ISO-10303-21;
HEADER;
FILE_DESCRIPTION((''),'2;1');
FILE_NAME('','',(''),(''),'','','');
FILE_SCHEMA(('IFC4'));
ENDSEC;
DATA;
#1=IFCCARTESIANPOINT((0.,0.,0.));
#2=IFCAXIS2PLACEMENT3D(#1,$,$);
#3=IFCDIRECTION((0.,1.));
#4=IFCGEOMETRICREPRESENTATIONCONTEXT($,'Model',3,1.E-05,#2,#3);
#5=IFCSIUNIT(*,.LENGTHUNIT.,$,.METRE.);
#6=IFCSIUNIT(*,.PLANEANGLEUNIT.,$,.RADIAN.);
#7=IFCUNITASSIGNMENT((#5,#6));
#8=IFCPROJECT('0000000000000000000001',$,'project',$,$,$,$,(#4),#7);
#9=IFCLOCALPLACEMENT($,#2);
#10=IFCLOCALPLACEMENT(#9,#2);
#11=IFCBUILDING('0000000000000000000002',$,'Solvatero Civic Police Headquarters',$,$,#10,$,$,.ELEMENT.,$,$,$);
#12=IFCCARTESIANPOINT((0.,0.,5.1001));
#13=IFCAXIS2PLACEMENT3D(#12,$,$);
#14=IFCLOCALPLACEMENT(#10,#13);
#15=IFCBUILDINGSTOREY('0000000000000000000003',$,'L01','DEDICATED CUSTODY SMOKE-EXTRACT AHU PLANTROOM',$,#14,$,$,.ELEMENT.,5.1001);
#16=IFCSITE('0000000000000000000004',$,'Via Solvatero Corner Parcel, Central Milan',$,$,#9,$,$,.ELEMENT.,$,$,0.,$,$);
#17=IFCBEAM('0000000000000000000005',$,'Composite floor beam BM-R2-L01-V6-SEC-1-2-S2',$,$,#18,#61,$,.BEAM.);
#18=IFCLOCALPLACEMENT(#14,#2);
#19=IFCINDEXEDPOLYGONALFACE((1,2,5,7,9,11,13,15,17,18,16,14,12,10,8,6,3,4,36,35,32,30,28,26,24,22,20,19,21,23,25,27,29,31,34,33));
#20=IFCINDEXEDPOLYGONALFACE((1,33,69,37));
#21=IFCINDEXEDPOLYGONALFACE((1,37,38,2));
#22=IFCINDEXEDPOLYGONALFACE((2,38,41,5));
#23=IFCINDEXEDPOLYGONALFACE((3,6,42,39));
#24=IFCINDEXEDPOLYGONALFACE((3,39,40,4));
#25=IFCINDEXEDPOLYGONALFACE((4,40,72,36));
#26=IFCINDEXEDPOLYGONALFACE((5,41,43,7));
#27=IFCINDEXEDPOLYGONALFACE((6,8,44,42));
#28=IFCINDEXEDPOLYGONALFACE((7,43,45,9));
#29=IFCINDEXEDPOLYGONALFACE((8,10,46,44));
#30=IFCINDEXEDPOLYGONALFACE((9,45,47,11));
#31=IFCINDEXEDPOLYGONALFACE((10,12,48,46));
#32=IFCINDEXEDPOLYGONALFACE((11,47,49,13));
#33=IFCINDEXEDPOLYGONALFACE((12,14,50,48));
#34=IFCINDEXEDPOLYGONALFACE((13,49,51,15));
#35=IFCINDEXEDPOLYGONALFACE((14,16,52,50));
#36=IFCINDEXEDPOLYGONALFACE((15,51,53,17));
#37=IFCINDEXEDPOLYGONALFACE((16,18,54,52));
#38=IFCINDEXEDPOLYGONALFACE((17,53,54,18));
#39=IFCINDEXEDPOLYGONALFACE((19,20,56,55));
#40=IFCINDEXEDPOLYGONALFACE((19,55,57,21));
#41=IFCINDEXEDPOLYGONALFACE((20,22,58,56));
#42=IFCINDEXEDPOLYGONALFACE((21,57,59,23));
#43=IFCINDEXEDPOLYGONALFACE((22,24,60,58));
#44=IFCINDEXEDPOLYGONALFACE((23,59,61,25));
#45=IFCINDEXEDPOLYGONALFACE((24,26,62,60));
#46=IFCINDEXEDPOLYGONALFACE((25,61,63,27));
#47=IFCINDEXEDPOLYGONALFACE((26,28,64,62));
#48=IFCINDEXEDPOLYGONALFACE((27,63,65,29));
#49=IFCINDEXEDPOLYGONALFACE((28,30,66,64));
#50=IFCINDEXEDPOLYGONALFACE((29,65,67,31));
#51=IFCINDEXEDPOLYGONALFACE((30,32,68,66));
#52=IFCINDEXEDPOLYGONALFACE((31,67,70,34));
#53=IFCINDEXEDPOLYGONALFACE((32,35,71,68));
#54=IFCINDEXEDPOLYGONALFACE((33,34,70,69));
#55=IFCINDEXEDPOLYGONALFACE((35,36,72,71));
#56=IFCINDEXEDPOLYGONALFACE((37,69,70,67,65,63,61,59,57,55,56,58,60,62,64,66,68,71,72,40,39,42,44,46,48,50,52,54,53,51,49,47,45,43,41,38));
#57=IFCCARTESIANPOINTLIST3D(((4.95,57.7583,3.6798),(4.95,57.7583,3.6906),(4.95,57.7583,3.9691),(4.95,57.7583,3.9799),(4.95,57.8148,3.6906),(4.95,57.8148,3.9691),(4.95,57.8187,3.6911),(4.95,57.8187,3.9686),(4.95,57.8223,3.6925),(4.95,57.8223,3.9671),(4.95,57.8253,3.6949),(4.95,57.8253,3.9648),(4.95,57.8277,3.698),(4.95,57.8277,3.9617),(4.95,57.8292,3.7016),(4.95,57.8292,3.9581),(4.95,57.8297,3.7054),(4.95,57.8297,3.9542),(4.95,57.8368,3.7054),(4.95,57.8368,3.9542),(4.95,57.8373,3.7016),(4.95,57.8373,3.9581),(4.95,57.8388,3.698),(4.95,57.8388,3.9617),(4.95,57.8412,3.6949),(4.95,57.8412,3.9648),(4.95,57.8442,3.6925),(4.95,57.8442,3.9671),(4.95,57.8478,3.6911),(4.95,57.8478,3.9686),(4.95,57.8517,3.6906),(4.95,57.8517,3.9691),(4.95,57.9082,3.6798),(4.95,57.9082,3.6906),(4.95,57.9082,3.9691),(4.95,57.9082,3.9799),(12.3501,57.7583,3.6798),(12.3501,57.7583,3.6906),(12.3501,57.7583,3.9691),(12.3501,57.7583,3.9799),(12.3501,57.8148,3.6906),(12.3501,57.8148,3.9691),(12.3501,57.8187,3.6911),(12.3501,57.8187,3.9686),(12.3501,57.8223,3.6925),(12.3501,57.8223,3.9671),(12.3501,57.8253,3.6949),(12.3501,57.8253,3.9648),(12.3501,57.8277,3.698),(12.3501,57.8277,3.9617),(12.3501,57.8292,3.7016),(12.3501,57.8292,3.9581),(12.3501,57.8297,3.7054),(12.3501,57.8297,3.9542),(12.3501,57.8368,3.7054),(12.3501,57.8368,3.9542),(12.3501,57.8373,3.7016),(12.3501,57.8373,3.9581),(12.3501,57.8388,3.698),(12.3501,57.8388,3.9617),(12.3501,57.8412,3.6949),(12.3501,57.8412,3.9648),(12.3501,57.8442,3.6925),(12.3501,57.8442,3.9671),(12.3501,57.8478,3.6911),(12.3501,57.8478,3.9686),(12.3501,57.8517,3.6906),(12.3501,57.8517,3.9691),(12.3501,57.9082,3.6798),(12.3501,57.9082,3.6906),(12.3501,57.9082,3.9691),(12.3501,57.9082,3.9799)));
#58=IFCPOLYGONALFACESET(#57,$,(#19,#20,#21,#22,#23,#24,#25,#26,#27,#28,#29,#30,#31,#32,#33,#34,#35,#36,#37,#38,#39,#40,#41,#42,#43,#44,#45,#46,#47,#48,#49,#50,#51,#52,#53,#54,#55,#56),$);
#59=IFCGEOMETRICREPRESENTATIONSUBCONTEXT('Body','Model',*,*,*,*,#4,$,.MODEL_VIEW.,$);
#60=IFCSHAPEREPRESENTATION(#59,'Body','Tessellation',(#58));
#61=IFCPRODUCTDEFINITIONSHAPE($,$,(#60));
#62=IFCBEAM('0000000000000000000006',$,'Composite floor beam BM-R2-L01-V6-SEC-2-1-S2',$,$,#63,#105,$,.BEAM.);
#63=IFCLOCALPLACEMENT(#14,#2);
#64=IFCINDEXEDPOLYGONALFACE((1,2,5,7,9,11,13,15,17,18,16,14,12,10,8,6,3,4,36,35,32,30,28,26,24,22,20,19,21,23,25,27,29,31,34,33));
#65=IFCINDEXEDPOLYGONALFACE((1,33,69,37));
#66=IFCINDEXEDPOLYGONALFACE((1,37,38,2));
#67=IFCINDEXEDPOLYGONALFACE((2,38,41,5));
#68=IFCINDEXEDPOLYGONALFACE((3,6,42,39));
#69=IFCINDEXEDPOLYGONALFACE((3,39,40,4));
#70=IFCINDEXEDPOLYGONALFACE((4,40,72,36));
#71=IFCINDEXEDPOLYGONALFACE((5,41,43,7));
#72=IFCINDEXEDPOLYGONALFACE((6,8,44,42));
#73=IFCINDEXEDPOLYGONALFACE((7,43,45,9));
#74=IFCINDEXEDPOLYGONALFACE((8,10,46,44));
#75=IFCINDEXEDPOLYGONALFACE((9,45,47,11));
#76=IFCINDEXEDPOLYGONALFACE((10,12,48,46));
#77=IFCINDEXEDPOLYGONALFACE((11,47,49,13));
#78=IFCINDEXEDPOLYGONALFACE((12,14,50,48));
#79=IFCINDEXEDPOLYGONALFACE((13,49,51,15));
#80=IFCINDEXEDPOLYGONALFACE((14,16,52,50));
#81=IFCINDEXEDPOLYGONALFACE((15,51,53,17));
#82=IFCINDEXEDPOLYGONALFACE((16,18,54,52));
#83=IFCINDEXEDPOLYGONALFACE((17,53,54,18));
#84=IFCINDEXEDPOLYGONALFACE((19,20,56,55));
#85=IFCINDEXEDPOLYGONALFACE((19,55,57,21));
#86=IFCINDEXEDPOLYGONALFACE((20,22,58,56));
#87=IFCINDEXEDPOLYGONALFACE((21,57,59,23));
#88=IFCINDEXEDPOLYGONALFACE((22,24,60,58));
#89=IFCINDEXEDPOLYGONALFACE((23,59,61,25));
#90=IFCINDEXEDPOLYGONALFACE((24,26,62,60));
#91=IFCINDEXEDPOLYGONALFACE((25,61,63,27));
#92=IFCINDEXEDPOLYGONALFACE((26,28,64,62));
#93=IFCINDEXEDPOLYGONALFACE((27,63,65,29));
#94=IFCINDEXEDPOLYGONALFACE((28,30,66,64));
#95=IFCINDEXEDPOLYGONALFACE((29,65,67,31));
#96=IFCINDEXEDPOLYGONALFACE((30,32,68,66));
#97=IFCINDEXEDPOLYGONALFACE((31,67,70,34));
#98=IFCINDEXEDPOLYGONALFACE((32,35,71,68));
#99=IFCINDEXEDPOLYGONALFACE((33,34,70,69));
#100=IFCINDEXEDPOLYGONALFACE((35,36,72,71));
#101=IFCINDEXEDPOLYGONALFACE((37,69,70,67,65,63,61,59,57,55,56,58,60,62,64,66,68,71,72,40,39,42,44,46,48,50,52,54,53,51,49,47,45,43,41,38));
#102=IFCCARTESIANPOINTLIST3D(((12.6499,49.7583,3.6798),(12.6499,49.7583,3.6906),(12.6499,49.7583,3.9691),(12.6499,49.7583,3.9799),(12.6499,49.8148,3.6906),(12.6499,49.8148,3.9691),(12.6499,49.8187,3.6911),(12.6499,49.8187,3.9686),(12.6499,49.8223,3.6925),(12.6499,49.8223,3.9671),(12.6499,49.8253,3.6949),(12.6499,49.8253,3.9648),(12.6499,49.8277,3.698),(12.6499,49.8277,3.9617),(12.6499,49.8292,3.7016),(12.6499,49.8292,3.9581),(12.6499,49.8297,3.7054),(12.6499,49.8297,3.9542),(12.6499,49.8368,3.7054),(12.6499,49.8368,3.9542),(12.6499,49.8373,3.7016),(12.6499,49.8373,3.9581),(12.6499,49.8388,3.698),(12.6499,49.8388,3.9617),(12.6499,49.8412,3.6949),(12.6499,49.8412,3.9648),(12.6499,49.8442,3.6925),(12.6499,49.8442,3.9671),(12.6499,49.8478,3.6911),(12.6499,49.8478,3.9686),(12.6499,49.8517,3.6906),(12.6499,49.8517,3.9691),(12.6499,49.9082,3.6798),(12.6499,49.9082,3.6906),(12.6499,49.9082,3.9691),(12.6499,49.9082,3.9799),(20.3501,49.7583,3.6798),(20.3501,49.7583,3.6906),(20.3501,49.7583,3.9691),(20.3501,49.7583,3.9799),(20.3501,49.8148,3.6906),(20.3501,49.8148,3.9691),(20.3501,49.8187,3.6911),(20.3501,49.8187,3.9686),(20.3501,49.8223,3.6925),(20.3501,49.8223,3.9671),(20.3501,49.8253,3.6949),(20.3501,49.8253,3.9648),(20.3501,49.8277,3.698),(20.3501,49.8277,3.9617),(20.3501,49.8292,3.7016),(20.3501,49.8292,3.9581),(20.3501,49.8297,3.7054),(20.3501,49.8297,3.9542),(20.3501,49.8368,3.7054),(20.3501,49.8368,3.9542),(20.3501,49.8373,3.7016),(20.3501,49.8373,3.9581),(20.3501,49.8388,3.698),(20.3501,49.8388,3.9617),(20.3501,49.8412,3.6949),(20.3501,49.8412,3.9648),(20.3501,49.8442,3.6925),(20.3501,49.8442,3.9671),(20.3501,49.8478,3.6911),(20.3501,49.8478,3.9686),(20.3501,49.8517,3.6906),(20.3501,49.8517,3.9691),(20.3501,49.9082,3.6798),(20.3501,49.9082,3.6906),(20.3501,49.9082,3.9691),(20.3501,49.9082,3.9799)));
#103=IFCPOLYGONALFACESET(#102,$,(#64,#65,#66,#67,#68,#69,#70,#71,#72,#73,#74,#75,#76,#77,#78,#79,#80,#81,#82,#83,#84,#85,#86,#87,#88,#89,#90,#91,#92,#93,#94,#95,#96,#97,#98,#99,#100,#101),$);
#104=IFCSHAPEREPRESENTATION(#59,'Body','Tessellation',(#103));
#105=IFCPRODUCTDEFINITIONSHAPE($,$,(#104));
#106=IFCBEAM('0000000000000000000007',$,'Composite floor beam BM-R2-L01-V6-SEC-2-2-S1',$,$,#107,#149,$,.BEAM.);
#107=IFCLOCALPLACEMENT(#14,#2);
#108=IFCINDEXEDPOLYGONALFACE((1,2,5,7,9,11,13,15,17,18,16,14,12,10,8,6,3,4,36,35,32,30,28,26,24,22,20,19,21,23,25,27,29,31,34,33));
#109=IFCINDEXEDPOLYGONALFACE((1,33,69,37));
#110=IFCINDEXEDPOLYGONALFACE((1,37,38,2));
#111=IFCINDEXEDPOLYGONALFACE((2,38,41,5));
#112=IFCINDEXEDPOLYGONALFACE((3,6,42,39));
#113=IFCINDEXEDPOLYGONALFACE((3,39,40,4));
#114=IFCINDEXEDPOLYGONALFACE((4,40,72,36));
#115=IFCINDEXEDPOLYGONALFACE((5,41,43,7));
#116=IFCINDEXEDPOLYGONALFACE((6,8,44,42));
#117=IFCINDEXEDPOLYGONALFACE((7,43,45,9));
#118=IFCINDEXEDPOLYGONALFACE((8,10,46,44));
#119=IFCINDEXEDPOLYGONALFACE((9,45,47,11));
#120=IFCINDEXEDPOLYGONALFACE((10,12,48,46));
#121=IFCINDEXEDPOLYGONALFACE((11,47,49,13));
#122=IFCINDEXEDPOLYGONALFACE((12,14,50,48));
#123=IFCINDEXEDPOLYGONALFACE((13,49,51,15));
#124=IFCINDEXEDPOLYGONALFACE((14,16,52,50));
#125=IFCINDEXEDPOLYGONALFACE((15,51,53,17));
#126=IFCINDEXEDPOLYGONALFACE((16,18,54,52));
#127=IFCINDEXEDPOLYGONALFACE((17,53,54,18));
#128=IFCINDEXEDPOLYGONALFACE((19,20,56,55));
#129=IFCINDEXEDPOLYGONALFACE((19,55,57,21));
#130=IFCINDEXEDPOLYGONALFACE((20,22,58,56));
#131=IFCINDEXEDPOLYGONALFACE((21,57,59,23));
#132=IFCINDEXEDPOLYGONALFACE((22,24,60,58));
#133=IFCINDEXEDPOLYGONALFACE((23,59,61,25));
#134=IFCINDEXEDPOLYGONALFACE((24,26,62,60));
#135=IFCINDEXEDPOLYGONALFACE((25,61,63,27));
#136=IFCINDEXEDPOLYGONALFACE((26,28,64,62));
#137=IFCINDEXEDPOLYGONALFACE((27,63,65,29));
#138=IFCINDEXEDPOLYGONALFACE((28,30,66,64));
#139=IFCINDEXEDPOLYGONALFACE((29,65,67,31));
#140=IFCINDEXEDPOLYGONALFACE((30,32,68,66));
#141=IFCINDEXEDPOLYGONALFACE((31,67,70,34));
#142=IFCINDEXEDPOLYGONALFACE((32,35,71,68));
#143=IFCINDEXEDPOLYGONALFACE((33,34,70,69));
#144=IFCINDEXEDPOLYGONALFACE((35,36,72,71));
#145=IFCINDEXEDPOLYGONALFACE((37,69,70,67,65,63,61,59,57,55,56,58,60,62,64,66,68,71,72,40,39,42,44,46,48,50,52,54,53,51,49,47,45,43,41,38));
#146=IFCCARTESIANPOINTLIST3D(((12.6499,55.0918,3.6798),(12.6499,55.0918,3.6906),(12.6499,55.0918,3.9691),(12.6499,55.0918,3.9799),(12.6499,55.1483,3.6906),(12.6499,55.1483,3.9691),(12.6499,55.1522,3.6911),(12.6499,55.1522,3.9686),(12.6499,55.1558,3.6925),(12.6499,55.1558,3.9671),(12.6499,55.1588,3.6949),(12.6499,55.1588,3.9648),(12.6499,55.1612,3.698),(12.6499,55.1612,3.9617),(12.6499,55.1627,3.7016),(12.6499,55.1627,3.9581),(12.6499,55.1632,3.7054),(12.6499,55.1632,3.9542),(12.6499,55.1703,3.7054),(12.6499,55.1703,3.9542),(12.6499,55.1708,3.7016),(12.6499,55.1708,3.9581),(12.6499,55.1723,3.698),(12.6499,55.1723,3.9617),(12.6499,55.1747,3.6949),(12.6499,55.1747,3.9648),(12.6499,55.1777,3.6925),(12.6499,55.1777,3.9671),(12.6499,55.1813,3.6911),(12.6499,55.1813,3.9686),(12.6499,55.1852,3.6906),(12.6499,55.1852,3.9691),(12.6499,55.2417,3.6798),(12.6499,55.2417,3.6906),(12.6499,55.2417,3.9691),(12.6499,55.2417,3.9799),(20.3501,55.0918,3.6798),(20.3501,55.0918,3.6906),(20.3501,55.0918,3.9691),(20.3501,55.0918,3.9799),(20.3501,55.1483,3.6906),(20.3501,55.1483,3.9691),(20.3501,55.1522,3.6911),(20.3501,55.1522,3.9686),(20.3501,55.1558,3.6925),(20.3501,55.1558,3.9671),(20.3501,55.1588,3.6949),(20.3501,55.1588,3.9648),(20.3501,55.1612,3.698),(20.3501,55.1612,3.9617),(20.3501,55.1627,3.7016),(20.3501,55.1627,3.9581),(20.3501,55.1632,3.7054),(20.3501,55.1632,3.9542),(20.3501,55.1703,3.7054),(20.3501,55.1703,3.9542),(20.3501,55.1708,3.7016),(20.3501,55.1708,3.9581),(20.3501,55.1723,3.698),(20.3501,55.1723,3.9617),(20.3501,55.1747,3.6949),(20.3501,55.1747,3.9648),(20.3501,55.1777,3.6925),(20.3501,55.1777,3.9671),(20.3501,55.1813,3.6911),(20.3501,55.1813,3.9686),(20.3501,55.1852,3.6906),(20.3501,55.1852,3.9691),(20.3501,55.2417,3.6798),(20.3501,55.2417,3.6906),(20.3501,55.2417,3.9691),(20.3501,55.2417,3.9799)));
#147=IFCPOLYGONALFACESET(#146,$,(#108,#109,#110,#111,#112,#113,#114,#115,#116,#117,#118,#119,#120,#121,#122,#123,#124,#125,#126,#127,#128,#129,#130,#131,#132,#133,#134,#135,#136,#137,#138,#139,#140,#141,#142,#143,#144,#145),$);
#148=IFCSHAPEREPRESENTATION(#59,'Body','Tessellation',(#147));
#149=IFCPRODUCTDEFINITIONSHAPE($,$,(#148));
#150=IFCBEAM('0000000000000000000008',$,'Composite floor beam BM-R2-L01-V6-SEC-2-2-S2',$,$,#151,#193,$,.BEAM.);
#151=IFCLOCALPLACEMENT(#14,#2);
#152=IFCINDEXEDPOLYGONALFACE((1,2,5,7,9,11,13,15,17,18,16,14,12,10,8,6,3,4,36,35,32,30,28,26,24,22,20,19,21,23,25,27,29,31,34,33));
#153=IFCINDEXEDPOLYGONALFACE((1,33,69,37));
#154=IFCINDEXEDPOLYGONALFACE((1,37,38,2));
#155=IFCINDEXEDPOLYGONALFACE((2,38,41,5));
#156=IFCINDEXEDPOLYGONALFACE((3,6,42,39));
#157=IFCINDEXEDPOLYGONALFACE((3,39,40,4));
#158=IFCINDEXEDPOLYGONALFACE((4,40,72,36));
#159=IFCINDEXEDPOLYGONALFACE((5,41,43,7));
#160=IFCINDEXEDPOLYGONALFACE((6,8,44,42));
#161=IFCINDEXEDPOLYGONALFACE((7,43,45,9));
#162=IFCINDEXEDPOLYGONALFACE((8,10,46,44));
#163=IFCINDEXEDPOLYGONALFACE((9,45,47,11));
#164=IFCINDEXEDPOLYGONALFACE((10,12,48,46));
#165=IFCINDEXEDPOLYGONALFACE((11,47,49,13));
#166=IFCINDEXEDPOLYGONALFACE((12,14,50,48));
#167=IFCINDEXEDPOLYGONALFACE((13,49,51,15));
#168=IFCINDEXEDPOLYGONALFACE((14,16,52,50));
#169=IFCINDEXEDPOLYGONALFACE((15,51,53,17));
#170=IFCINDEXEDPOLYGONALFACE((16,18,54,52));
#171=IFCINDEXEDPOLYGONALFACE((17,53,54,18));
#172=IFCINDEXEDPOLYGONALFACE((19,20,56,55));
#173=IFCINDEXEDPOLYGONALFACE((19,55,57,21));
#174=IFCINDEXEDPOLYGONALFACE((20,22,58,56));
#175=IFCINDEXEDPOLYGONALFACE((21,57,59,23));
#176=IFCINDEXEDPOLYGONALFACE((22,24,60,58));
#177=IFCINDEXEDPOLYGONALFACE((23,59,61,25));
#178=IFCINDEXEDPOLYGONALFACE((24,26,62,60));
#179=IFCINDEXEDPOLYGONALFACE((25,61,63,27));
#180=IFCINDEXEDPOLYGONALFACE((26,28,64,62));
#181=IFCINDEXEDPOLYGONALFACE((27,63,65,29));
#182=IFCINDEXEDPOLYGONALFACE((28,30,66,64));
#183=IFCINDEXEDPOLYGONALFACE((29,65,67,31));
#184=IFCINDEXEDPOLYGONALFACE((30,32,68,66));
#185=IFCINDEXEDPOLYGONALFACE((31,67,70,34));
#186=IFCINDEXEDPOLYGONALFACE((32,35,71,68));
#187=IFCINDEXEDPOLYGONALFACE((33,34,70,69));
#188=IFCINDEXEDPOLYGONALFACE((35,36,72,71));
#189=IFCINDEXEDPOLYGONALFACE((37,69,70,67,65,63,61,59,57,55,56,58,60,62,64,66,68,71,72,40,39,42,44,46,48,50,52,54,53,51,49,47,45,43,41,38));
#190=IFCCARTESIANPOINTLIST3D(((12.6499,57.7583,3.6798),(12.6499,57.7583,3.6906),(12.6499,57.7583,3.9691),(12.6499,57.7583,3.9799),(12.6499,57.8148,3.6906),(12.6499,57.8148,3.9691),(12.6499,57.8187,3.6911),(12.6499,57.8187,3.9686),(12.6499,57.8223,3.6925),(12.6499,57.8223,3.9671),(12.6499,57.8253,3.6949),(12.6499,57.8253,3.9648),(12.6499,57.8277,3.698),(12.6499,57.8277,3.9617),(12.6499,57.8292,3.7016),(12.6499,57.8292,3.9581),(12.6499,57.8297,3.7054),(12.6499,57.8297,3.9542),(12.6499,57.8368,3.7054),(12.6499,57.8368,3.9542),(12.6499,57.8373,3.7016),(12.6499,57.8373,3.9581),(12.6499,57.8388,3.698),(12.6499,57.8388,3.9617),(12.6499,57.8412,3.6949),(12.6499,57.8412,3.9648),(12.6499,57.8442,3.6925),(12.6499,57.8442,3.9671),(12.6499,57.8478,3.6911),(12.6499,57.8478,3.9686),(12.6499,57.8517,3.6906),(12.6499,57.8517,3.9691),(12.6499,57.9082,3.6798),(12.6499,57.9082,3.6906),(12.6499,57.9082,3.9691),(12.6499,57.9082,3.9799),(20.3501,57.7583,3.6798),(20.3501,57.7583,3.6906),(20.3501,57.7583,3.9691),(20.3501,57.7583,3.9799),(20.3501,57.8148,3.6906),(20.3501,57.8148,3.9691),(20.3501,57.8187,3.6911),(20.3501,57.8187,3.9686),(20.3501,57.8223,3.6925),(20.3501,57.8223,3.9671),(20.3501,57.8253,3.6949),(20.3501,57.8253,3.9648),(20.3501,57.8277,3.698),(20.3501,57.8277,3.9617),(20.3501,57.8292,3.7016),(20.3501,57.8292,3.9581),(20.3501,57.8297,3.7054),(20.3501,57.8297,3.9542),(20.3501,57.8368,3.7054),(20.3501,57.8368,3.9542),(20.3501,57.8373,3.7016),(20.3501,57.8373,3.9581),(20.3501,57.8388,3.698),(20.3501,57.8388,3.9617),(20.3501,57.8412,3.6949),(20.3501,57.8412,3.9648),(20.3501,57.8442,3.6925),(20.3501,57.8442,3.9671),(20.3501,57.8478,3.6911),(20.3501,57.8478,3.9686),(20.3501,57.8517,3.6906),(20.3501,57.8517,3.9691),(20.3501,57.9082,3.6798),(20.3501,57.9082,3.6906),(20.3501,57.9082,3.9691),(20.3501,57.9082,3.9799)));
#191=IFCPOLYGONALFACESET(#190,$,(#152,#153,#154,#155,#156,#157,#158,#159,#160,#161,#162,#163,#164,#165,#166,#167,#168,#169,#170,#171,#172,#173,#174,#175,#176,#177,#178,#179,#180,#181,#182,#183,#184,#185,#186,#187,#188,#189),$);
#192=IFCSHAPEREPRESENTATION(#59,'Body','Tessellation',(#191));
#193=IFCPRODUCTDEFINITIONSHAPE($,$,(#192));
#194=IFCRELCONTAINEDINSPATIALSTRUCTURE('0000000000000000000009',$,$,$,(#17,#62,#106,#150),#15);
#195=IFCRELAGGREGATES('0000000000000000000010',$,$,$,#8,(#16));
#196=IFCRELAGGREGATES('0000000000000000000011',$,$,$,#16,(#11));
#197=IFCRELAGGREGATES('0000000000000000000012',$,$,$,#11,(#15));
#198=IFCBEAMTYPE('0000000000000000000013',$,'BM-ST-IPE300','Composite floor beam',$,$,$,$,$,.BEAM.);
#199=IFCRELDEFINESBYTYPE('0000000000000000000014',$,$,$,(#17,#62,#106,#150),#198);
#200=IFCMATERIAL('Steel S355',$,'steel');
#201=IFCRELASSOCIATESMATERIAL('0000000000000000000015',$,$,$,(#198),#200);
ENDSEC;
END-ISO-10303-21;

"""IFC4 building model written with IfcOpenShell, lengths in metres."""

from ifc_helpers import new_model, si_unit, direction, frame, origin, origin_2d, place, context, subcontext, project, spatial, i_section, extrude, material, material_profile, profile_set, type_object, element, save


model = new_model("IFC4")

# Units and contexts
model_context = context("Model", 3, precision=1e-05, world=origin(), true_north=direction((0.0, 1.0)))
body_context = subcontext(model_context, "Body", "Model", "MODEL_VIEW")
ifc_project = project(units=[si_unit("LENGTHUNIT", "METRE"), si_unit("PLANEANGLEUNIT", "RADIAN")], contexts=[model_context])

# Site, building, storey
site_placement = place(None, origin())
site = spatial("IfcSite", under=ifc_project, at=site_placement, Name="Via Solvatero Corner Parcel, Central Milan", CompositionType="ELEMENT", RefElevation=0.0)
building_placement = place(site_placement, origin())
building = spatial("IfcBuilding", under=site, at=building_placement, Name="Solvatero Civic Police Headquarters", CompositionType="ELEMENT")
storey_placement = place(building_placement, frame((0.0, 0.0, 5.1001)))
storey = spatial("IfcBuildingStorey", under=building, at=storey_placement, Name="L01", Description="DEDICATED CUSTODY SMOKE-EXTRACT AHU PLANTROOM", CompositionType="ELEMENT", Elevation=5.1001)

# Shared definitions
ifc_material_1 = material(Name="Steel S355", Category="steel")

# Beams
ifc_material_profile_1 = material_profile(ifc_material_1, i_section(OverallWidth=0.1499, OverallDepth=0.3, WebThickness=0.0071, FlangeThickness=0.0107, FilletRadius=0.0149, at=origin_2d()), Name="IPE 300")
ifc_profile_set_1 = profile_set([ifc_material_profile_1], Name="Steel S355")
beam_type_1 = type_object("IfcBeamType", Name="BM-ST-IPE300", Description="Composite floor beam", PredefinedType="BEAM", material=ifc_profile_set_1)
for number, where, z_axis, x_axis, name in (
    (1, (4.95, 57.8333, 3.8298), (1.0, 0.0, 0.0), (0.0, 1.0, 0.0), "Composite floor beam BM-R2-L01-V6-SEC-1-2-S2"),
):
    element("IfcBeam", number, at=place(storey_placement, frame(where, z_axis=z_axis, x_axis=x_axis)), inside=storey, type_object=beam_type_1, Name=name, PredefinedType="BEAM", context=body_context, shape_type="SweptSolid", body=[
        extrude(i_section(OverallWidth=0.1499, OverallDepth=0.3, WebThickness=0.0071, FlangeThickness=0.0107, FilletRadius=0.0149, at=origin_2d()), origin(), (0.0, 0.0, 1.0), 7.4001),
    ])
for number, where, z_axis, x_axis, name in (
    (2, (12.6499, 49.8333, 3.8298), (1.0, 0.0, 0.0), (0.0, 1.0, 0.0), "Composite floor beam BM-R2-L01-V6-SEC-2-1-S2"),
    (3, (12.6499, 55.1667, 3.8298), (1.0, 0.0, 0.0), (0.0, 1.0, 0.0), "Composite floor beam BM-R2-L01-V6-SEC-2-2-S1"),
    (4, (12.6499, 57.8333, 3.8298), (1.0, 0.0, 0.0), (0.0, 1.0, 0.0), "Composite floor beam BM-R2-L01-V6-SEC-2-2-S2"),
):
    element("IfcBeam", number, at=place(storey_placement, frame(where, z_axis=z_axis, x_axis=x_axis)), inside=storey, type_object=beam_type_1, Name=name, PredefinedType="BEAM", context=body_context, shape_type="SweptSolid", body=[
        extrude(i_section(OverallWidth=0.1499, OverallDepth=0.3, WebThickness=0.0071, FlangeThickness=0.0107, FilletRadius=0.0149, at=origin_2d()), origin(), (0.0, 0.0, 1.0), 7.7002),
    ])

save(model, "model.ifc")
